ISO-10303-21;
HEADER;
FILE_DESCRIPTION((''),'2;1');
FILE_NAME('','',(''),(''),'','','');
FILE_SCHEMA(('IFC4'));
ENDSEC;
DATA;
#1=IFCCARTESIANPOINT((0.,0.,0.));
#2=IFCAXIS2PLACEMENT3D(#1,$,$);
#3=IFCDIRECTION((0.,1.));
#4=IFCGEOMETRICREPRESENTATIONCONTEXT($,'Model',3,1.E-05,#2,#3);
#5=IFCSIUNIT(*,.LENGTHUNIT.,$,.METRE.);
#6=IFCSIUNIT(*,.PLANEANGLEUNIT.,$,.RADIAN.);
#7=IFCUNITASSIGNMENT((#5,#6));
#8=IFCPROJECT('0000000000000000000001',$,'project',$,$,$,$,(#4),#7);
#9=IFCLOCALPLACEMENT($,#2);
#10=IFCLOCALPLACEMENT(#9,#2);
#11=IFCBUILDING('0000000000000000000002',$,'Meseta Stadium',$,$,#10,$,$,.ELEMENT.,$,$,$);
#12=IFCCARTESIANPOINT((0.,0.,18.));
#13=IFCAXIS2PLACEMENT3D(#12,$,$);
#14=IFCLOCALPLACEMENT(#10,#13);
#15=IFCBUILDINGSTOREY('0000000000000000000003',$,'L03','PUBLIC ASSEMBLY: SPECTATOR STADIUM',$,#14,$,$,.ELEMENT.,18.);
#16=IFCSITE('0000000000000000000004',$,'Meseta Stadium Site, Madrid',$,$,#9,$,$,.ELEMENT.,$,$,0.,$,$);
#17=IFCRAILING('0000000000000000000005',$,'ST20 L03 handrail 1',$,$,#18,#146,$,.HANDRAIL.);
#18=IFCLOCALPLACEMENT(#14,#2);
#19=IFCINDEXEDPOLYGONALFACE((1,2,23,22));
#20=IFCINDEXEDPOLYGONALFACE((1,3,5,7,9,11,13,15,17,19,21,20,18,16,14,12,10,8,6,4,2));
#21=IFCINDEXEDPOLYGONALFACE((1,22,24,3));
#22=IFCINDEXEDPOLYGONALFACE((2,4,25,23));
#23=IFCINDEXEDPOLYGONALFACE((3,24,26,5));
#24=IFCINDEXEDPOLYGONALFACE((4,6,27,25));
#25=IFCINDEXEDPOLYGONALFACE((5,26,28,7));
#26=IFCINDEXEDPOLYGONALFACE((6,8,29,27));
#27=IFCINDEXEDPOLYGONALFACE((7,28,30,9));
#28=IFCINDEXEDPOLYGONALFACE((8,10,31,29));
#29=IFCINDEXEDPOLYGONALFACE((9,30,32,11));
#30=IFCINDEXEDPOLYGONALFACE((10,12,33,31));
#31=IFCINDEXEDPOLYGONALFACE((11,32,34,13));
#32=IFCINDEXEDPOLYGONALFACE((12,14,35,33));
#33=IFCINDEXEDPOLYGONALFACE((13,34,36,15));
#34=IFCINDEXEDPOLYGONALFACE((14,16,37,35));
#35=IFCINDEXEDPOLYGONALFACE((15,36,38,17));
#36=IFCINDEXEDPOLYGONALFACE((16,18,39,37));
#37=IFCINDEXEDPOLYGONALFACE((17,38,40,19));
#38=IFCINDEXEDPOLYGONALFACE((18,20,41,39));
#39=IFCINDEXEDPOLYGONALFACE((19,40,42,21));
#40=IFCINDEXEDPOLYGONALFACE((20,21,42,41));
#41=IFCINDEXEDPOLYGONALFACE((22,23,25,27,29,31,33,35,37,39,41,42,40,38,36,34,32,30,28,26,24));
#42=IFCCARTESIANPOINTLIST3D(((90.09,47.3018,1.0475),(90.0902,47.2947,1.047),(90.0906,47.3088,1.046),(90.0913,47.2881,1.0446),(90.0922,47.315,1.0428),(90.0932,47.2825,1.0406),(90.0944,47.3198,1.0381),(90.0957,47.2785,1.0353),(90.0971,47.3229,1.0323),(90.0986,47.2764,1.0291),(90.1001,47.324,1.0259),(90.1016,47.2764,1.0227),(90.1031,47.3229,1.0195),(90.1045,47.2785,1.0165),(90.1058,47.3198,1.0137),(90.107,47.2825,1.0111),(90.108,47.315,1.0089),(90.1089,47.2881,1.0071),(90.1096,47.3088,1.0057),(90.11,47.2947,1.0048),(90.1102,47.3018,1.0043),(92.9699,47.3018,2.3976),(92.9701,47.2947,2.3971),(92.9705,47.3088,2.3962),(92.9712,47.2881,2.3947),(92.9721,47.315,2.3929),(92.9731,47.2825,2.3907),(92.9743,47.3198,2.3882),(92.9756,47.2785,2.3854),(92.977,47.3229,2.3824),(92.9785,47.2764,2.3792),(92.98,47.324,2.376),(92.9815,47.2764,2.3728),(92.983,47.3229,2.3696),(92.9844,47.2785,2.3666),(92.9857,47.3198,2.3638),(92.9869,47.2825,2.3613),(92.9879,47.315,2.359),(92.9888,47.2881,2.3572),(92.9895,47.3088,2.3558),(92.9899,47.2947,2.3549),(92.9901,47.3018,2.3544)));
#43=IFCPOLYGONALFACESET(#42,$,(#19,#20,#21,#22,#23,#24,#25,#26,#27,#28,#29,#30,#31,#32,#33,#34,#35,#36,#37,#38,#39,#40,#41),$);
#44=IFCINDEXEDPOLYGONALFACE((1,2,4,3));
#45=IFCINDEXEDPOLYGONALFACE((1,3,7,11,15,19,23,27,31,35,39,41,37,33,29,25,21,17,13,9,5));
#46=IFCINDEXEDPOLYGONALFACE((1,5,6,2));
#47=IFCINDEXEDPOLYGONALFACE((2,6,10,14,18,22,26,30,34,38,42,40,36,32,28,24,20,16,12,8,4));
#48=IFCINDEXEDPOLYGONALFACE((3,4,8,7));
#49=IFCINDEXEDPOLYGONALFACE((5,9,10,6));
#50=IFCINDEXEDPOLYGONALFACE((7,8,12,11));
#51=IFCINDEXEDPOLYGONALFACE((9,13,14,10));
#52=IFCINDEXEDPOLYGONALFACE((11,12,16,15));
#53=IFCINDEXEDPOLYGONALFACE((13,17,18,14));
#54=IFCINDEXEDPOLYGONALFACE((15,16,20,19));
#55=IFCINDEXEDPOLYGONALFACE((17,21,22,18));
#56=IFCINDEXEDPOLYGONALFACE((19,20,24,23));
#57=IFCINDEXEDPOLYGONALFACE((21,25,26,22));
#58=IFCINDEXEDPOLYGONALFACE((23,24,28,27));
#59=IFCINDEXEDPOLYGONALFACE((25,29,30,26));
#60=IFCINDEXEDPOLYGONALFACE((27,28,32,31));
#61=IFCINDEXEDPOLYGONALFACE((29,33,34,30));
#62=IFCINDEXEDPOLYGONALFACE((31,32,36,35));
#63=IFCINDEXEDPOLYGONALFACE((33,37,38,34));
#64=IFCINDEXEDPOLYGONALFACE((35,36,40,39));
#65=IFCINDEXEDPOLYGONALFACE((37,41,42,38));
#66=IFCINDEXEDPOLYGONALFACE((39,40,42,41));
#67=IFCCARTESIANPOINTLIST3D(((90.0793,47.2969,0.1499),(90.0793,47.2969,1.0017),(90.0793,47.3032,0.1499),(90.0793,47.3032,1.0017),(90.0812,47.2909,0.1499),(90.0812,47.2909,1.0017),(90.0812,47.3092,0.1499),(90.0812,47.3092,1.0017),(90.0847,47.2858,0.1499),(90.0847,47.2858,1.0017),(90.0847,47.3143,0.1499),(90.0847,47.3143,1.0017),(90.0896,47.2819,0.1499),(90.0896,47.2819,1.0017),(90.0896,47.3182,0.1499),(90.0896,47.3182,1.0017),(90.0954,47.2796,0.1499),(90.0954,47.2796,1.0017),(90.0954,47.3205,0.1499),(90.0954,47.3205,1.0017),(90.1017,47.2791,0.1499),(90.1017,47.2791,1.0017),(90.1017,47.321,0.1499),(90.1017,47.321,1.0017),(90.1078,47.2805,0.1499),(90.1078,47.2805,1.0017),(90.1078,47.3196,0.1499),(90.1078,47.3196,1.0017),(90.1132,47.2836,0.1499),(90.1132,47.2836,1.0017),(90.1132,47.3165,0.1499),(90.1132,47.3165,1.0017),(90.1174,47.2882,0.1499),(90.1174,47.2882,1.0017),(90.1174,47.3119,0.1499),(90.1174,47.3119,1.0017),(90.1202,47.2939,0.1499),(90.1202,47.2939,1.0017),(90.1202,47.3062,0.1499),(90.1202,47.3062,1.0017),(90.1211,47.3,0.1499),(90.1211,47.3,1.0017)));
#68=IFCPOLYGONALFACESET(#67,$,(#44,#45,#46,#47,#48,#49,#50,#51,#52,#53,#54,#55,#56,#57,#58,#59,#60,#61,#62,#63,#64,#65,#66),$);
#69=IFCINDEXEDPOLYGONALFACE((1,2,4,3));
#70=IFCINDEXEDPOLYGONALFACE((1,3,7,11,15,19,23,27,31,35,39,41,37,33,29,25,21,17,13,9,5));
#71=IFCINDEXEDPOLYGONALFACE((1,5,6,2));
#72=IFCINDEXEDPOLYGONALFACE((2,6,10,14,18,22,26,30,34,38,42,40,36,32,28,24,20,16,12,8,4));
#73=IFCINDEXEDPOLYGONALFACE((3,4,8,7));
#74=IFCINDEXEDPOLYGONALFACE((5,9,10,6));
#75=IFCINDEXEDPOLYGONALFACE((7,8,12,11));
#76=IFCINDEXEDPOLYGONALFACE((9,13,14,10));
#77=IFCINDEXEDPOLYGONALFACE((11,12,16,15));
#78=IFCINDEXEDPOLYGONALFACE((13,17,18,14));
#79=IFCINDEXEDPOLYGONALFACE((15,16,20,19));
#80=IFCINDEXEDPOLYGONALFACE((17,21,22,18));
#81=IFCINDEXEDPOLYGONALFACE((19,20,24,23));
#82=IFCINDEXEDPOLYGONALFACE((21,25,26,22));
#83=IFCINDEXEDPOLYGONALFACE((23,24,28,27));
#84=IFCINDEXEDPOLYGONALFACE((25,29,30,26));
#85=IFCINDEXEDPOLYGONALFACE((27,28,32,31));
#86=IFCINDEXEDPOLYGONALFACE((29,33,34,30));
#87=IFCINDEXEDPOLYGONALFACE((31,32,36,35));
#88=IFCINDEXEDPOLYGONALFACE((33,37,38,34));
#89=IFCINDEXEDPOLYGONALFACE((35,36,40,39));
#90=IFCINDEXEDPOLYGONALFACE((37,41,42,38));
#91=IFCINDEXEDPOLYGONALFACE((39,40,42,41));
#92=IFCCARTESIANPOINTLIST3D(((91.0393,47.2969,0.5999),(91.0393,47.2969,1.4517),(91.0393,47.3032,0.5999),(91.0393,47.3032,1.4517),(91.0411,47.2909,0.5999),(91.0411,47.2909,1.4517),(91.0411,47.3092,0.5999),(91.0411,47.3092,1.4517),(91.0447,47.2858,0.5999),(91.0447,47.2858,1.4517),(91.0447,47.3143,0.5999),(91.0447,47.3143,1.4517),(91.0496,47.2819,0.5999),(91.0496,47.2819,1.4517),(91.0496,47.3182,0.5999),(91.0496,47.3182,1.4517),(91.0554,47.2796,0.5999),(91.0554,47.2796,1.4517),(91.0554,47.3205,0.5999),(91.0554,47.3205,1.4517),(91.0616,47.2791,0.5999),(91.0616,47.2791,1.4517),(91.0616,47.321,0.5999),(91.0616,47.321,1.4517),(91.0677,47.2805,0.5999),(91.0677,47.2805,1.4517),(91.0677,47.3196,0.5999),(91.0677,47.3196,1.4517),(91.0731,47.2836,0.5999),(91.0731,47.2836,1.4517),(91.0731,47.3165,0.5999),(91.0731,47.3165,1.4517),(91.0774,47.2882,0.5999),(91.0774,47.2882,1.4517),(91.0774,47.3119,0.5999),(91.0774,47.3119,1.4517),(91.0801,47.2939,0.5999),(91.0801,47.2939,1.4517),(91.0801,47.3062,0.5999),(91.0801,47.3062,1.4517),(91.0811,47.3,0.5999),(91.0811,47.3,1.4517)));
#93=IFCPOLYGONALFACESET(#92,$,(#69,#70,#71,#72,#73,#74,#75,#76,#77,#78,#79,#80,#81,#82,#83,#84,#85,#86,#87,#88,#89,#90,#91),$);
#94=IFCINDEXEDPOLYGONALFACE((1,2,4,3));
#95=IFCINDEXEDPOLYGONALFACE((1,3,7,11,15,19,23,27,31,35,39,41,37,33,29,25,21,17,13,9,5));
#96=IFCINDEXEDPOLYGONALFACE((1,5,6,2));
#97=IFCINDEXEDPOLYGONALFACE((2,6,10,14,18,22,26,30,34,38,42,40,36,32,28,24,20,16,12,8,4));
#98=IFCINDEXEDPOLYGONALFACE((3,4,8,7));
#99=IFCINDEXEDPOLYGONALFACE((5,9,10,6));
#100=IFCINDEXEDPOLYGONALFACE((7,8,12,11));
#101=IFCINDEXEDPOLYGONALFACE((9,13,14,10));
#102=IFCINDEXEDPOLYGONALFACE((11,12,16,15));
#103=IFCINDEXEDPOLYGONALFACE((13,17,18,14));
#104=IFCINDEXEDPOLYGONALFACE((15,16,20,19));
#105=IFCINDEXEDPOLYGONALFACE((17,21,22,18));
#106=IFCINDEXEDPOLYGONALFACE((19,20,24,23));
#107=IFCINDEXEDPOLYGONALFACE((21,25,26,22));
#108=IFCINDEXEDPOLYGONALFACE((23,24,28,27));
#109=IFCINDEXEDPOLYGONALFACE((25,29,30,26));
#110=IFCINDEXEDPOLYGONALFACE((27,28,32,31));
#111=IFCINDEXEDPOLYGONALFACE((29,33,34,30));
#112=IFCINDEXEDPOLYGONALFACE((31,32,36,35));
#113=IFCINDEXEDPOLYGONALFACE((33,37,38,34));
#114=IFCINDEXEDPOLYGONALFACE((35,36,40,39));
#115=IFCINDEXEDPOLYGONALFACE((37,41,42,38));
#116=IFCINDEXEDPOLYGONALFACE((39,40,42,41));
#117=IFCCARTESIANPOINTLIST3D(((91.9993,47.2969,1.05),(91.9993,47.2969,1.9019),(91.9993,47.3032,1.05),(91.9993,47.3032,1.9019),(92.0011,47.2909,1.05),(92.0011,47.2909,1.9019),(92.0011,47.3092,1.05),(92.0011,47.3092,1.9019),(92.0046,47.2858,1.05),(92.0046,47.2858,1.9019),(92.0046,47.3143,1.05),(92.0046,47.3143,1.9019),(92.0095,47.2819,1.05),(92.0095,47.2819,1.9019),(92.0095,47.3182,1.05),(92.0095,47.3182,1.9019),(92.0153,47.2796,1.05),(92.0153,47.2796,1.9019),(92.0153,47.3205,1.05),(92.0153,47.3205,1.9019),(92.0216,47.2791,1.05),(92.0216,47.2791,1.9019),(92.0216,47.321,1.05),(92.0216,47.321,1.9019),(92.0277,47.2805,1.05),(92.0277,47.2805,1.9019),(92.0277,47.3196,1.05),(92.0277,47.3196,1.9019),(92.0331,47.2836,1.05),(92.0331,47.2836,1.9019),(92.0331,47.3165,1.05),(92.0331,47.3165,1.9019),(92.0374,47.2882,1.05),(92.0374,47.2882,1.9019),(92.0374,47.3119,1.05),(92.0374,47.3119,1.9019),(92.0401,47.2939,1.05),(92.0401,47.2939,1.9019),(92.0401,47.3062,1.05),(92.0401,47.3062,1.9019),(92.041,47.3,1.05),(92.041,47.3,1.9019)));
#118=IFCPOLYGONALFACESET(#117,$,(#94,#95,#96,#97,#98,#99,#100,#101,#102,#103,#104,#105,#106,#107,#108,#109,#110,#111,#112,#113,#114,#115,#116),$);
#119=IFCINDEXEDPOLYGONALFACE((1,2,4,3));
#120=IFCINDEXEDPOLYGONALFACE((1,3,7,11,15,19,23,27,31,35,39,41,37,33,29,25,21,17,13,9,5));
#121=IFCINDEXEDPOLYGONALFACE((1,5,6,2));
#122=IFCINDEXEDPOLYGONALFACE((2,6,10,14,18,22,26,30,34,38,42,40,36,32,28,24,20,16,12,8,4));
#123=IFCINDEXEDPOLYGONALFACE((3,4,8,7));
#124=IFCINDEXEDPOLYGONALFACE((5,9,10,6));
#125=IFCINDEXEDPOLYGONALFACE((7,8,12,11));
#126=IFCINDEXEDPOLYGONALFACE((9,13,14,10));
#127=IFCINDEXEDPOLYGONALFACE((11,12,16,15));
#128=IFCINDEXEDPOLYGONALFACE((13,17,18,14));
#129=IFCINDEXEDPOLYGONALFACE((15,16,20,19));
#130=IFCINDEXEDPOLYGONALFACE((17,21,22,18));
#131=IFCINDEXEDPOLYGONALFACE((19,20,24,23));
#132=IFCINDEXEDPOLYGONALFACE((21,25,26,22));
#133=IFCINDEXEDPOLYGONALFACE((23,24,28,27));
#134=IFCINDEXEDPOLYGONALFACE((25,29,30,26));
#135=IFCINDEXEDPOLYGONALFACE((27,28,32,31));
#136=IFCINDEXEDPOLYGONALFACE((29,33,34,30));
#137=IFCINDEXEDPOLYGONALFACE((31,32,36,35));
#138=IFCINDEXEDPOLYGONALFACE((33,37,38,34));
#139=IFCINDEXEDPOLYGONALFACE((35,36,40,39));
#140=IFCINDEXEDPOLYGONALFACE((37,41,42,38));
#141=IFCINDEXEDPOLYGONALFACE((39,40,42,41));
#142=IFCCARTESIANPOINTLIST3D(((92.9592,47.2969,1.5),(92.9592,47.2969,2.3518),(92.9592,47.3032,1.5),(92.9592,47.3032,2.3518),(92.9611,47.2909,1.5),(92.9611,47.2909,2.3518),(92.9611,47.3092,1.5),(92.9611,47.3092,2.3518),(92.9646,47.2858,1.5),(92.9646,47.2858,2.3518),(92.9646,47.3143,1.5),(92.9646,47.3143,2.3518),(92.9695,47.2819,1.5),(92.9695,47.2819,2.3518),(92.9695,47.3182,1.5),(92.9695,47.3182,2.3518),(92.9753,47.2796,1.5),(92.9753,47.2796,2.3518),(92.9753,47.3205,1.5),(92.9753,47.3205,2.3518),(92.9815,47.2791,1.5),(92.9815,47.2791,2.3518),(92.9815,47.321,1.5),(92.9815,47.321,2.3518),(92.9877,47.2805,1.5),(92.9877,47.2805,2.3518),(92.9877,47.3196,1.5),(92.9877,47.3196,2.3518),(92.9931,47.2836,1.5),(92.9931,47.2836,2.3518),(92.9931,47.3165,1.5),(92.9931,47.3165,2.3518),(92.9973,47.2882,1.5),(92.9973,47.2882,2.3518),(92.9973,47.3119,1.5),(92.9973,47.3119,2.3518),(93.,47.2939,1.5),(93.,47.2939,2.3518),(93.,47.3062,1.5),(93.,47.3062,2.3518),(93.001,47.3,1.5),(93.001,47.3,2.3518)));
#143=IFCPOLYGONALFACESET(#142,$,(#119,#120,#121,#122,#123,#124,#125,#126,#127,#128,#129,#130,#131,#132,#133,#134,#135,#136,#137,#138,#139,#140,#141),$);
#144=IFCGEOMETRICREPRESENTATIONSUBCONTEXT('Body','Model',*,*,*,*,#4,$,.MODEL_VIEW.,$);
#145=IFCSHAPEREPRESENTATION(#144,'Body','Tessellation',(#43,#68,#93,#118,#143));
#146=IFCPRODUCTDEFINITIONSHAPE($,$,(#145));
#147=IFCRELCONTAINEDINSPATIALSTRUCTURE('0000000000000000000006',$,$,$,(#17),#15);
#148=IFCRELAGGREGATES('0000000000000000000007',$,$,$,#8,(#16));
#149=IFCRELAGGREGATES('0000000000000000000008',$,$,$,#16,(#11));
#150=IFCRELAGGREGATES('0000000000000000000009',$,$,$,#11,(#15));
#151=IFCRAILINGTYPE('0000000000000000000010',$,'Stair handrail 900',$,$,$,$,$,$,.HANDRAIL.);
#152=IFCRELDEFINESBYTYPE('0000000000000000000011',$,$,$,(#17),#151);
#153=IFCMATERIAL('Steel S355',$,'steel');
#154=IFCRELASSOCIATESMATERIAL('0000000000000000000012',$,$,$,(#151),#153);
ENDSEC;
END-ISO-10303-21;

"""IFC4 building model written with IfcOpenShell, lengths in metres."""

from ifc_helpers import new_model, si_unit, direction, frame, origin, origin_2d, place, context, subcontext, project, spatial, circle, extrude, material, type_object, element, save


model = new_model("IFC4")

# Units and contexts
model_context = context("Model", 3, precision=1e-05, world=origin(), true_north=direction((0.0, 1.0)))
body_context = subcontext(model_context, "Body", "Model", "MODEL_VIEW")
ifc_project = project(units=[si_unit("LENGTHUNIT", "METRE"), si_unit("PLANEANGLEUNIT", "RADIAN")], contexts=[model_context])

# Site, building, storey
site_placement = place(None, origin())
site = spatial("IfcSite", under=ifc_project, at=site_placement, Name="Meseta Stadium Site, Madrid", CompositionType="ELEMENT", RefElevation=0.0)
building_placement = place(site_placement, origin())
building = spatial("IfcBuilding", under=site, at=building_placement, Name="Meseta Stadium", CompositionType="ELEMENT")
storey_placement = place(building_placement, frame((0.0, 0.0, 18.0)))
storey = spatial("IfcBuildingStorey", under=building, at=storey_placement, Name="L03", Description="PUBLIC ASSEMBLY: SPECTATOR STADIUM", CompositionType="ELEMENT", Elevation=18.0)

# Railing
ifc_material_1 = material(Name="Steel S355", Category="steel")
railing_type_1 = type_object("IfcRailingType", Name="Stair handrail 900", PredefinedType="HANDRAIL", material=ifc_material_1)
railing_1_placement = place(storey_placement, frame((90.1001, 47.3, 0.1499)))
element("IfcRailing", 1, at=railing_1_placement, inside=storey, type_object=railing_type_1, Name="ST20 L03 handrail 1", PredefinedType="HANDRAIL", context=body_context, shape_type="SweptSolid", body=[
    extrude(circle(Radius=0.0239, at=origin_2d()), frame((0.0, 0.0, 0.876), z_axis=(0.90544, 0.0, 0.424473), x_axis=(0.0, 1.0, 0.0)), (0.0, 0.0, 1.0), 3.1807),
    extrude(circle(Radius=0.021, at=origin_2d()), origin(), (0.0, 0.0, 1.0), 0.8518),
    extrude(circle(Radius=0.021, at=origin_2d()), frame((0.96, 0.0, 0.45)), (0.0, 0.0, 1.0), 0.8518),
    extrude(circle(Radius=0.021, at=origin_2d()), frame((1.9199, 0.0, 0.9001)), (0.0, 0.0, 1.0), 0.8518),
    extrude(circle(Radius=0.021, at=origin_2d()), frame((2.8799, 0.0, 1.3501)), (0.0, 0.0, 1.0), 0.8518),
])

save(model, "model.ifc")
